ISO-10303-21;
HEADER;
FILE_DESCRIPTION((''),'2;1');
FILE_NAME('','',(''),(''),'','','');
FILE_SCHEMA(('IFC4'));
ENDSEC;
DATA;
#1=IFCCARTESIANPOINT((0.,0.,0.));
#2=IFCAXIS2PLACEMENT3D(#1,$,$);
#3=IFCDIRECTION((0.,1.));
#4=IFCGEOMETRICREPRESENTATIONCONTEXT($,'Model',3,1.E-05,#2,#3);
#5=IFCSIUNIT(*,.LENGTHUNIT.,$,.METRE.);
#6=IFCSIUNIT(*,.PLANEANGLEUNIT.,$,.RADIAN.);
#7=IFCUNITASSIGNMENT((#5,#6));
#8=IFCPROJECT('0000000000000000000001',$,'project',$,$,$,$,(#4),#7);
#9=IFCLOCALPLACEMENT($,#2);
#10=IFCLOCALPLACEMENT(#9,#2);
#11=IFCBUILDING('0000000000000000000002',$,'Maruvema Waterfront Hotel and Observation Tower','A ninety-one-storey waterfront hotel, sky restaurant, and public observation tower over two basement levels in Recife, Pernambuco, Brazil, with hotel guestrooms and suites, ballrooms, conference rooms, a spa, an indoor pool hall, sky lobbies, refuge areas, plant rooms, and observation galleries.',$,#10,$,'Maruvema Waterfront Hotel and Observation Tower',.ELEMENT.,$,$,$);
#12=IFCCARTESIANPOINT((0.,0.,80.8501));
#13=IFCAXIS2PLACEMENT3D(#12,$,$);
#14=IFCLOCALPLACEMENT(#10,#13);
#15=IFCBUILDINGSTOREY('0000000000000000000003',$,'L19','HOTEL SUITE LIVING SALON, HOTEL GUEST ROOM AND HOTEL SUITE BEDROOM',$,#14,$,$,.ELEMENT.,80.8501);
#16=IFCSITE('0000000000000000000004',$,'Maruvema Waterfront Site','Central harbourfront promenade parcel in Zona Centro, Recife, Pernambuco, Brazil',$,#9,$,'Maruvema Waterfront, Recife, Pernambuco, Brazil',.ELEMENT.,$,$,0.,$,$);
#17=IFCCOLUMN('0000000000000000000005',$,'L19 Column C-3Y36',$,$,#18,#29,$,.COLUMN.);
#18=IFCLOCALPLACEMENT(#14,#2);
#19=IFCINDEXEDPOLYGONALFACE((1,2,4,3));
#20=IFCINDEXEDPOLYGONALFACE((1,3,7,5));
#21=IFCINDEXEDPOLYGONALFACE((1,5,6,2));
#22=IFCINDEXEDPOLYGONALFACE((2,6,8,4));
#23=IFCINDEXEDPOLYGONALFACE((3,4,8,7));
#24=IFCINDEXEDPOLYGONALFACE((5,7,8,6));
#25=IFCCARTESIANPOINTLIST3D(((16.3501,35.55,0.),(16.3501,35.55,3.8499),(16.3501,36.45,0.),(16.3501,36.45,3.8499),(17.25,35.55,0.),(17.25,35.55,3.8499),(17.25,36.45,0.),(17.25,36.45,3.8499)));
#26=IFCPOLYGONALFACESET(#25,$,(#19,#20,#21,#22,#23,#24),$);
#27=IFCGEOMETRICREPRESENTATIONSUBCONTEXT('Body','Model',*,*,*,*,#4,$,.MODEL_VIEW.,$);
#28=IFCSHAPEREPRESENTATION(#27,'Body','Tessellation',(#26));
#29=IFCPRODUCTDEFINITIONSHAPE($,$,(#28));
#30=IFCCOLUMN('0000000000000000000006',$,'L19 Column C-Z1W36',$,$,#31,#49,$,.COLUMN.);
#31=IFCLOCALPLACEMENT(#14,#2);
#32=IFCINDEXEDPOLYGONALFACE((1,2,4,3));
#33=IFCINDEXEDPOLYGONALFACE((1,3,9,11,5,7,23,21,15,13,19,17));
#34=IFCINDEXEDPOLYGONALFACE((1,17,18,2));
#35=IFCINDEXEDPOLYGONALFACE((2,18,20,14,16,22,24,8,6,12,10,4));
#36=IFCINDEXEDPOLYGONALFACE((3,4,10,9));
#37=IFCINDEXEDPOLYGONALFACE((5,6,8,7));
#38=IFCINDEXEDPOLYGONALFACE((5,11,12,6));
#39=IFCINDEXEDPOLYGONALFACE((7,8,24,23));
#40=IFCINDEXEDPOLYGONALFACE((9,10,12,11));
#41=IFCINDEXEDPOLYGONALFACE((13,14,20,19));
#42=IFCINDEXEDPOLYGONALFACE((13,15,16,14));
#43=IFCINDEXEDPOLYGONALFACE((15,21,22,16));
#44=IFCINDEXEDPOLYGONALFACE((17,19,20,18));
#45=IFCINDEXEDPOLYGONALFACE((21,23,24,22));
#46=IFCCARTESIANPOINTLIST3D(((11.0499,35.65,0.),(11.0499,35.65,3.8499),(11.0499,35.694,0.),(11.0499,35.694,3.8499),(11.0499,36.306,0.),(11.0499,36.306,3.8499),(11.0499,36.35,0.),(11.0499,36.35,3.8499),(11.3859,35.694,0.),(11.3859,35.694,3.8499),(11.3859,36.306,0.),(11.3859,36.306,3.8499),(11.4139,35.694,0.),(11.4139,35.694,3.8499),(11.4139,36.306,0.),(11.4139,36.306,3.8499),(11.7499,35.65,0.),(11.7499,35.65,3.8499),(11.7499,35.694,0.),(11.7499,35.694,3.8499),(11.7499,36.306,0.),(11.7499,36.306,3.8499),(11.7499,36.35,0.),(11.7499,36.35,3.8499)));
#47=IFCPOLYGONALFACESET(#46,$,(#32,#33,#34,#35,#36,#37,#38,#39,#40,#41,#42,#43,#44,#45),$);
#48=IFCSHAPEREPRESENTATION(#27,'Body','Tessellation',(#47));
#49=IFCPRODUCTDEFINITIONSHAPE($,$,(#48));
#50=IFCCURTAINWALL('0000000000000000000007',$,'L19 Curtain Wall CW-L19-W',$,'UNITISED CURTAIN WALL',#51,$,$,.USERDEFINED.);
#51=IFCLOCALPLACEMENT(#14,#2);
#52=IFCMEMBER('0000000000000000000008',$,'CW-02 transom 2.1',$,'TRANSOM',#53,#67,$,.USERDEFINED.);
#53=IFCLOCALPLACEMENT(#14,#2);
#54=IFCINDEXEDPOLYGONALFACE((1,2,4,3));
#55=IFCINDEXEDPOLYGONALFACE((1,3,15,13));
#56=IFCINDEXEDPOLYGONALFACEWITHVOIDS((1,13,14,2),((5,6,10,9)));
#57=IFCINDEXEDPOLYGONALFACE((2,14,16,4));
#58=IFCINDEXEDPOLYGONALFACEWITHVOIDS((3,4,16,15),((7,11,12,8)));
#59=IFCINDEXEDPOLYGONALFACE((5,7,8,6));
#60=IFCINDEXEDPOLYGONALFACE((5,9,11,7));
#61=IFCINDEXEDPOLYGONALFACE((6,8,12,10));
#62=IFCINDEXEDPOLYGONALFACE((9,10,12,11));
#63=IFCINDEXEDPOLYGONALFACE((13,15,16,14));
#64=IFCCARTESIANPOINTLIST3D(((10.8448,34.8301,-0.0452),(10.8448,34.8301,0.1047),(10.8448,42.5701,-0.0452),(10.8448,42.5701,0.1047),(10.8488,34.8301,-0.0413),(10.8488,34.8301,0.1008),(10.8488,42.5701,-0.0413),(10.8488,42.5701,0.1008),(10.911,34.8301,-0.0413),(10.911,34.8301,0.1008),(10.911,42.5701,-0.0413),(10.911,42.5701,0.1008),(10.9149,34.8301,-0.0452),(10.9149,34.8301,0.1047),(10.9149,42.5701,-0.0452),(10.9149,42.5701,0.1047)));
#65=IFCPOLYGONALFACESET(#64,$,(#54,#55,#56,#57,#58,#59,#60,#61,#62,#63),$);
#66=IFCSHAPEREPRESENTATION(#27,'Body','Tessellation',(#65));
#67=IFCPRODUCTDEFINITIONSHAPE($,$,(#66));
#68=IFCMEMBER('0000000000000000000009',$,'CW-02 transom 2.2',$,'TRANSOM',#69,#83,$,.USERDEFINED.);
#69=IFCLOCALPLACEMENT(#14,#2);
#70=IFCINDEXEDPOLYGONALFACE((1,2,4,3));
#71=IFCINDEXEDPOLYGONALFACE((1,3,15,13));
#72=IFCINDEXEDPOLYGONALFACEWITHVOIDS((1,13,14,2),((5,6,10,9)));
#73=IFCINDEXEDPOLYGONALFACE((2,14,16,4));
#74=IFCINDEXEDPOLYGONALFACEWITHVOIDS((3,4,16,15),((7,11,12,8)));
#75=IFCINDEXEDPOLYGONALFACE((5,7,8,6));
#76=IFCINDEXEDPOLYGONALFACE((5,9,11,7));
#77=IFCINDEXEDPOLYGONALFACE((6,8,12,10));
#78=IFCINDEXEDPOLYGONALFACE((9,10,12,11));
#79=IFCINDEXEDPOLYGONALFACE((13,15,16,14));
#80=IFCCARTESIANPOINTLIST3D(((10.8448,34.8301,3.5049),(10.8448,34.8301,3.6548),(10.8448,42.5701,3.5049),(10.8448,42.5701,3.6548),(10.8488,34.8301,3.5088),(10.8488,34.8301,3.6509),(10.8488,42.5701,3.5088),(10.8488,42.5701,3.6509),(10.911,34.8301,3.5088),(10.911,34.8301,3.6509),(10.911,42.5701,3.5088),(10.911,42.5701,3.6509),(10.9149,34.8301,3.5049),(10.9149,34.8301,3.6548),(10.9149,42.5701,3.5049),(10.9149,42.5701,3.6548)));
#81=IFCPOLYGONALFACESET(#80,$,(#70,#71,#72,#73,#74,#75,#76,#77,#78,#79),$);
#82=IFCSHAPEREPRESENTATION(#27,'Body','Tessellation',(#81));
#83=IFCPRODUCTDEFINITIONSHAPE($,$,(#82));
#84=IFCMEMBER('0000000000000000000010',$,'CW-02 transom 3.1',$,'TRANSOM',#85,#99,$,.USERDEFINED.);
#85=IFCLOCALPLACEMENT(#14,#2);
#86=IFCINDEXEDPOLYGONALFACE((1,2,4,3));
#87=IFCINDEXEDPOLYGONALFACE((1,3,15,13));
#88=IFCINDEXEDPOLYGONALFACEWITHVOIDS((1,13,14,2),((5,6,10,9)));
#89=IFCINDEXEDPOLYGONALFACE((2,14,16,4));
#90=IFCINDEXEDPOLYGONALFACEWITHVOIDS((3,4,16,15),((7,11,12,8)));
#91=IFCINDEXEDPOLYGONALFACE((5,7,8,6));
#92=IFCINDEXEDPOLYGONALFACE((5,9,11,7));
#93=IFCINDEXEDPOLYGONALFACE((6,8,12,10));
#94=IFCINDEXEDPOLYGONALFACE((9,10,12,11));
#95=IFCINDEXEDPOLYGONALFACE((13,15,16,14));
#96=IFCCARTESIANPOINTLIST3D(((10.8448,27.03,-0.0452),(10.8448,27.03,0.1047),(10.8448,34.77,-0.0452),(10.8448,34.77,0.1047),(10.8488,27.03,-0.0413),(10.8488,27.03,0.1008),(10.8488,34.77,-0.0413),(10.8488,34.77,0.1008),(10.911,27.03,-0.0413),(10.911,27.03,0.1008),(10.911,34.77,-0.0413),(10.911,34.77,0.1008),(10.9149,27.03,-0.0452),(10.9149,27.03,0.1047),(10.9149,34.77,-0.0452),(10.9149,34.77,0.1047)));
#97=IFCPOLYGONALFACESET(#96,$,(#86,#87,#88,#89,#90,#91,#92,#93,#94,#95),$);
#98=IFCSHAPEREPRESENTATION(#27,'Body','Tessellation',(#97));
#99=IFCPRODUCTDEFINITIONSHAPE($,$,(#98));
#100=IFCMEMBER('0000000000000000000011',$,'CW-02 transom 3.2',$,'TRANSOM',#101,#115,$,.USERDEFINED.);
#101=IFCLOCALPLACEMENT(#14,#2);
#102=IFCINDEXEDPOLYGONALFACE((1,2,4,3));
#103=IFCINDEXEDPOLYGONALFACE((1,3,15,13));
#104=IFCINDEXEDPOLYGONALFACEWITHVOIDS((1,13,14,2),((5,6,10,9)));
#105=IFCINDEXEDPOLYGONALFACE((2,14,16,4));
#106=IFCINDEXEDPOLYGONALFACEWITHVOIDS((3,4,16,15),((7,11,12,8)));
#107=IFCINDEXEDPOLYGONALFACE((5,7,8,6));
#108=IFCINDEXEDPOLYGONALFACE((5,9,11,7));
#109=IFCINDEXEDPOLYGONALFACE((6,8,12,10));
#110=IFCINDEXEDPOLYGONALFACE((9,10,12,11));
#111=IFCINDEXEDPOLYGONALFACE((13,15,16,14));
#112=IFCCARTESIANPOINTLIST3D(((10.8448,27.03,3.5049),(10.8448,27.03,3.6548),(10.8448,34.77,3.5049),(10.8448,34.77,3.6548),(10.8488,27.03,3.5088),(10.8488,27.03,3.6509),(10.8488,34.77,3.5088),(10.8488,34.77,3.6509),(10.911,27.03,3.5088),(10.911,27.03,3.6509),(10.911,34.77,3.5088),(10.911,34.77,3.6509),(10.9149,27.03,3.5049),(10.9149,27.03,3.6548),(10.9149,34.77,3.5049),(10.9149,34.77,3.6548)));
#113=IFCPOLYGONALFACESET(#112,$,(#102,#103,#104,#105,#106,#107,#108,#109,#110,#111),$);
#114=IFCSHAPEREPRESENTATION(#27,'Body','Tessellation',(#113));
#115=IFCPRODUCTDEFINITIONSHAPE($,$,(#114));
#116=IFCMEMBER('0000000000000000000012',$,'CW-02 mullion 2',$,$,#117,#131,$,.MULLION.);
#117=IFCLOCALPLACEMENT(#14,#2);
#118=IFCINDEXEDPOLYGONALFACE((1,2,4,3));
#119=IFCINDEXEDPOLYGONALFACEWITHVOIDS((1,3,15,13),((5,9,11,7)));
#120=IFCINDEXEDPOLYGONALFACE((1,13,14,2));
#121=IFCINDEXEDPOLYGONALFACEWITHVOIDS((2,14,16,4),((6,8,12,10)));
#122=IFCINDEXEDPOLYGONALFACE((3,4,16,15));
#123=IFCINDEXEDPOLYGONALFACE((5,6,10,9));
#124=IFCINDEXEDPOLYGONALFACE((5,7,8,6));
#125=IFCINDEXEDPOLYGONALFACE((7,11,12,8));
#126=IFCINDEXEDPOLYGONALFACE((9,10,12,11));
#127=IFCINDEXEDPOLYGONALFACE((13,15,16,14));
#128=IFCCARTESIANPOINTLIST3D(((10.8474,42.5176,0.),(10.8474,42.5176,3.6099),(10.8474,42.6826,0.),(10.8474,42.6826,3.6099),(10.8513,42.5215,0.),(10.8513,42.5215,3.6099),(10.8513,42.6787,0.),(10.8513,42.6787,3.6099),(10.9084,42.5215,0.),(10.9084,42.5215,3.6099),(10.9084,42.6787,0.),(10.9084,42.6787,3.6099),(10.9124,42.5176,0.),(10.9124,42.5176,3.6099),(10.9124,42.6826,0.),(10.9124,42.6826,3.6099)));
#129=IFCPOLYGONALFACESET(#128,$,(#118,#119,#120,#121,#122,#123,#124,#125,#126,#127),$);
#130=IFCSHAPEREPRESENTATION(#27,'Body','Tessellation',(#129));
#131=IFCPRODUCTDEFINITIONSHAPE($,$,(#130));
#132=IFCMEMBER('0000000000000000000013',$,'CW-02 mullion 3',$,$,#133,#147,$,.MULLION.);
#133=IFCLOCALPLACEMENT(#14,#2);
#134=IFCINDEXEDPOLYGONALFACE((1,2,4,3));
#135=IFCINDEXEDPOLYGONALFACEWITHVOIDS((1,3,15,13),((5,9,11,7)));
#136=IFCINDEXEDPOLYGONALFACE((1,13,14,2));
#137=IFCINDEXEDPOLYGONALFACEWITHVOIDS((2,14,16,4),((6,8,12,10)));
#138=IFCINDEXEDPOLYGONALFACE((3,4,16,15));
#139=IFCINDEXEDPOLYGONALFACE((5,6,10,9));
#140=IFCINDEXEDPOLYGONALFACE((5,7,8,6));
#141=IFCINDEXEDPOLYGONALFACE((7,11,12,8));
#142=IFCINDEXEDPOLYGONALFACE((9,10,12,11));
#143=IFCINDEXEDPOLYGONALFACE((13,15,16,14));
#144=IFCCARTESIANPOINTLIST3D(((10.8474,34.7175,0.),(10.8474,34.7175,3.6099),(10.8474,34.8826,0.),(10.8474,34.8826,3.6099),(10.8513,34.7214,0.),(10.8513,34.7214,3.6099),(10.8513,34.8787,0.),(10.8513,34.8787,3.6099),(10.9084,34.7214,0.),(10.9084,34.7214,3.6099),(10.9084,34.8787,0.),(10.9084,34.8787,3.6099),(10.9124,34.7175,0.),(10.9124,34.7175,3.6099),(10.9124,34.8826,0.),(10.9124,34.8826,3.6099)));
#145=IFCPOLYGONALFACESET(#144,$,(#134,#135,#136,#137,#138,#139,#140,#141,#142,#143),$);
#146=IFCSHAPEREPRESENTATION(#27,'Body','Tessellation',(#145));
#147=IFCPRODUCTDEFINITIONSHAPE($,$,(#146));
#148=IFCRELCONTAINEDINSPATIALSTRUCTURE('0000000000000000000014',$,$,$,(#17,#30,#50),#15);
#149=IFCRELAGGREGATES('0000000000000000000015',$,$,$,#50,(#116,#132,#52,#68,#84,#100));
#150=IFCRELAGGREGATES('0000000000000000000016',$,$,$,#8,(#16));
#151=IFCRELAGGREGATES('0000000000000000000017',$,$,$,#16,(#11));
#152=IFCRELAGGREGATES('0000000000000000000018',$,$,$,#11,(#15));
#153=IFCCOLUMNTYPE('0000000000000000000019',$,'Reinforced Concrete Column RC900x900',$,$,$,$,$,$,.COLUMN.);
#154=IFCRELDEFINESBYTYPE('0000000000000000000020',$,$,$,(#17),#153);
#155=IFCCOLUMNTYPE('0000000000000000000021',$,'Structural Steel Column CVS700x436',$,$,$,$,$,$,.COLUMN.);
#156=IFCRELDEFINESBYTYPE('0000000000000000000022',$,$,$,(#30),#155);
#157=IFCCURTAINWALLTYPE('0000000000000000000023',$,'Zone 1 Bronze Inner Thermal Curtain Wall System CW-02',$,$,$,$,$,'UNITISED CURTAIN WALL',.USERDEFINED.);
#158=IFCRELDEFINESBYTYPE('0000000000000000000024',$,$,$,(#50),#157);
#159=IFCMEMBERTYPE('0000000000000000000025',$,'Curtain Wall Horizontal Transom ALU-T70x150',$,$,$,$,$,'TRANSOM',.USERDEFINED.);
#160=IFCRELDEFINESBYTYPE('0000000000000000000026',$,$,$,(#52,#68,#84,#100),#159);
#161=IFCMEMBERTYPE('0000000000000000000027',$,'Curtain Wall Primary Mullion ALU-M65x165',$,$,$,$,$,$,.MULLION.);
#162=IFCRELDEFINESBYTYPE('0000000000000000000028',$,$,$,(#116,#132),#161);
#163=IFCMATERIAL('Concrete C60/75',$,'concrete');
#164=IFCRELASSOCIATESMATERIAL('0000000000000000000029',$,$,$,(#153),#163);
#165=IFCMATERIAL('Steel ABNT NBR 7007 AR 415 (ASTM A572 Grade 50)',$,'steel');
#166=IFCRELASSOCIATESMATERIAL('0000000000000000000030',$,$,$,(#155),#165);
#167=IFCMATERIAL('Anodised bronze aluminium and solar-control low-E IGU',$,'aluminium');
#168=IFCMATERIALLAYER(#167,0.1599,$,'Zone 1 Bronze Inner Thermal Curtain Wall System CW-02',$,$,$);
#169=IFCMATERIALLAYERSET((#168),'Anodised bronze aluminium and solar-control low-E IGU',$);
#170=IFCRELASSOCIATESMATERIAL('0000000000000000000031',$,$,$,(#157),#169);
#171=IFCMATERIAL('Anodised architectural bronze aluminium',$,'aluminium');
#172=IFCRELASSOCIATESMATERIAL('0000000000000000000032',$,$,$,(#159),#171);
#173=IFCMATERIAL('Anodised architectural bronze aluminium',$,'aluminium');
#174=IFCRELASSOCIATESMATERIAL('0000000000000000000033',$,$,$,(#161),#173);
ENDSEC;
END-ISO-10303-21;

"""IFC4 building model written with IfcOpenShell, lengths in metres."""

from ifc_helpers import new_model, si_unit, direction, frame, origin, origin_2d, place, context, subcontext, project, spatial, rectangle, hollow_rectangle, i_section, extrude, material, layer, layer_set, material_profile, profile_set, type_object, element, aggregate, save


model = new_model("IFC4")

# Units and contexts
model_context = context("Model", 3, precision=1e-05, world=origin(), true_north=direction((0.0, 1.0)))
body_context = subcontext(model_context, "Body", "Model", "MODEL_VIEW")
ifc_project = project(units=[si_unit("LENGTHUNIT", "METRE"), si_unit("PLANEANGLEUNIT", "RADIAN")], contexts=[model_context])

# Site, building, storey
site_placement = place(None, origin())
site = spatial("IfcSite", under=ifc_project, at=site_placement, Name="Maruvema Waterfront Site", Description="Central harbourfront promenade parcel in Zona Centro, Recife, Pernambuco, Brazil", LongName="Maruvema Waterfront, Recife, Pernambuco, Brazil", CompositionType="ELEMENT", RefElevation=0.0)
building_placement = place(site_placement, origin())
building = spatial("IfcBuilding", under=site, at=building_placement, Name="Maruvema Waterfront Hotel and Observation Tower", Description="A ninety-one-storey waterfront hotel, sky restaurant, and public observation tower over two basement levels in Recife, Pernambuco, Brazil, with hotel guestrooms and suites, ballrooms, conference rooms, a spa, an indoor pool hall, sky lobbies, refuge areas, plant rooms, and observation galleries.", LongName="Maruvema Waterfront Hotel and Observation Tower", CompositionType="ELEMENT")
storey_placement = place(building_placement, frame((0.0, 0.0, 80.8501)))
storey = spatial("IfcBuildingStorey", under=building, at=storey_placement, Name="L19", Description="HOTEL SUITE LIVING SALON, HOTEL GUEST ROOM AND HOTEL SUITE BEDROOM", CompositionType="ELEMENT", Elevation=80.8501)

# Columns
ifc_material_1 = material(Name="Concrete C60/75", Category="concrete")
ifc_material_profile_1 = material_profile(ifc_material_1, rectangle(XDim=0.8999, YDim=0.8999, at=origin_2d()), Name="RC900x900")
ifc_profile_set_1 = profile_set([ifc_material_profile_1], Name="Concrete C60/75")
column_type_1 = type_object("IfcColumnType", Name="Reinforced Concrete Column RC900x900", PredefinedType="COLUMN", material=ifc_profile_set_1)
column_1_placement = place(storey_placement, frame((16.8, 36.0, 0.0), z_axis=(0.0, 0.0, 1.0), x_axis=(1.0, 0.0, 0.0)))
element("IfcColumn", 1, at=column_1_placement, inside=storey, type_object=column_type_1, Name="L19 Column C-3Y36", PredefinedType="COLUMN", context=body_context, shape_type="SweptSolid", body=[
    extrude(rectangle(XDim=0.8999, YDim=0.8999, at=origin_2d()), origin(), (0.0, 0.0, 1.0), 3.8499),
])
ifc_material_2 = material(Name="Steel ABNT NBR 7007 AR 415 (ASTM A572 Grade 50)", Category="steel")
ifc_material_profile_2 = material_profile(ifc_material_2, i_section(OverallWidth=0.7, OverallDepth=0.7, WebThickness=0.0281, FlangeThickness=0.0439, at=origin_2d()), Name="CVS700x436")
ifc_profile_set_2 = profile_set([ifc_material_profile_2], Name="Steel ABNT NBR 7007 AR 415 (ASTM A572 Grade 50)")
column_type_2 = type_object("IfcColumnType", Name="Structural Steel Column CVS700x436", PredefinedType="COLUMN", material=ifc_profile_set_2)
column_2_placement = place(storey_placement, frame((11.3999, 36.0, 0.0), z_axis=(0.0, 0.0, 1.0), x_axis=(1.0, 0.0, 0.0)))
element("IfcColumn", 2, at=column_2_placement, inside=storey, type_object=column_type_2, Name="L19 Column C-Z1W36", PredefinedType="COLUMN", context=body_context, shape_type="SweptSolid", body=[
    extrude(i_section(OverallWidth=0.7, OverallDepth=0.7, WebThickness=0.0281, FlangeThickness=0.0439, at=origin_2d()), origin(), (0.0, 0.0, 1.0), 3.8499),
])

# Curtain wall, members
ifc_material_3 = material(Name="Anodised bronze aluminium and solar-control low-E IGU", Category="aluminium")
ifc_layer_1 = layer(ifc_material_3, 0.1599, Name="Zone 1 Bronze Inner Thermal Curtain Wall System CW-02")
ifc_layer_set_1 = layer_set([ifc_layer_1], Name="Anodised bronze aluminium and solar-control low-E IGU")
curtain_wall_type = type_object("IfcCurtainWallType", Name="Zone 1 Bronze Inner Thermal Curtain Wall System CW-02", ElementType="UNITISED CURTAIN WALL", PredefinedType="USERDEFINED", material=ifc_layer_set_1)
curtain_wall_placement = place(storey_placement, origin())
curtain_wall = element("IfcCurtainWall", 3, at=curtain_wall_placement, inside=storey, type_object=curtain_wall_type, Name="L19 Curtain Wall CW-L19-W", ObjectType="UNITISED CURTAIN WALL", PredefinedType="USERDEFINED")
ifc_material_4 = material(Name="Anodised architectural bronze aluminium", Category="aluminium")
ifc_material_profile_3 = material_profile(ifc_material_4, hollow_rectangle(XDim=0.0701, YDim=0.1499, WallThickness=0.0039, at=origin_2d()), Name="ALU-T70x150")
ifc_profile_set_3 = profile_set([ifc_material_profile_3], Name="Anodised architectural bronze aluminium")
member_type_1 = type_object("IfcMemberType", Name="Curtain Wall Horizontal Transom ALU-T70x150", ElementType="TRANSOM", PredefinedType="USERDEFINED", material=ifc_profile_set_3)
member_1_placement = place(storey_placement, frame((10.8799, 42.5701, 0.0298), z_axis=(0.0, -1.0, 0.0), x_axis=(1.0, 0.0, 0.0)))
member_1 = element("IfcMember", 4, at=member_1_placement, type_object=member_type_1, Name="CW-02 transom 2.1", ObjectType="TRANSOM", PredefinedType="USERDEFINED", context=body_context, shape_type="SweptSolid", body=[
    extrude(hollow_rectangle(XDim=0.0701, YDim=0.1499, WallThickness=0.0039, at=origin_2d()), origin(), (0.0, 0.0, 1.0), 7.74),
])
member_2_placement = place(storey_placement, frame((10.8799, 42.5701, 3.5798), z_axis=(0.0, -1.0, 0.0), x_axis=(1.0, 0.0, 0.0)))
member_2 = element("IfcMember", 5, at=member_2_placement, type_object=member_type_1, Name="CW-02 transom 2.2", ObjectType="TRANSOM", PredefinedType="USERDEFINED", context=body_context, shape_type="SweptSolid", body=[
    extrude(hollow_rectangle(XDim=0.0701, YDim=0.1499, WallThickness=0.0039, at=origin_2d()), origin(), (0.0, 0.0, 1.0), 7.74),
])
member_3_placement = place(storey_placement, frame((10.8799, 34.77, 0.0298), z_axis=(0.0, -1.0, 0.0), x_axis=(1.0, 0.0, 0.0)))
member_3 = element("IfcMember", 6, at=member_3_placement, type_object=member_type_1, Name="CW-02 transom 3.1", ObjectType="TRANSOM", PredefinedType="USERDEFINED", context=body_context, shape_type="SweptSolid", body=[
    extrude(hollow_rectangle(XDim=0.0701, YDim=0.1499, WallThickness=0.0039, at=origin_2d()), origin(), (0.0, 0.0, 1.0), 7.74),
])
member_4_placement = place(storey_placement, frame((10.8799, 34.77, 3.5798), z_axis=(0.0, -1.0, 0.0), x_axis=(1.0, 0.0, 0.0)))
member_4 = element("IfcMember", 7, at=member_4_placement, type_object=member_type_1, Name="CW-02 transom 3.2", ObjectType="TRANSOM", PredefinedType="USERDEFINED", context=body_context, shape_type="SweptSolid", body=[
    extrude(hollow_rectangle(XDim=0.0701, YDim=0.1499, WallThickness=0.0039, at=origin_2d()), origin(), (0.0, 0.0, 1.0), 7.74),
])
ifc_material_5 = material(Name="Anodised architectural bronze aluminium", Category="aluminium")
ifc_material_profile_4 = material_profile(ifc_material_5, hollow_rectangle(XDim=0.0649, YDim=0.165, WallThickness=0.0039, at=origin_2d()), Name="ALU-M65x165")
ifc_profile_set_4 = profile_set([ifc_material_profile_4], Name="Anodised architectural bronze aluminium")
member_type_2 = type_object("IfcMemberType", Name="Curtain Wall Primary Mullion ALU-M65x165", PredefinedType="MULLION", material=ifc_profile_set_4)
member_5_placement = place(storey_placement, frame((10.8799, 42.6001, 0.0), z_axis=(0.0, 0.0, 1.0), x_axis=(1.0, 0.0, 0.0)))
member_5 = element("IfcMember", 8, at=member_5_placement, type_object=member_type_2, Name="CW-02 mullion 2", PredefinedType="MULLION", context=body_context, shape_type="SweptSolid", body=[
    extrude(hollow_rectangle(XDim=0.0649, YDim=0.165, WallThickness=0.0039, at=origin_2d()), origin(), (0.0, 0.0, 1.0), 3.6099),
])
member_6_placement = place(storey_placement, frame((10.8799, 34.8, 0.0), z_axis=(0.0, 0.0, 1.0), x_axis=(1.0, 0.0, 0.0)))
member_6 = element("IfcMember", 9, at=member_6_placement, type_object=member_type_2, Name="CW-02 mullion 3", PredefinedType="MULLION", context=body_context, shape_type="SweptSolid", body=[
    extrude(hollow_rectangle(XDim=0.0649, YDim=0.165, WallThickness=0.0039, at=origin_2d()), origin(), (0.0, 0.0, 1.0), 3.6099),
])

aggregate(curtain_wall, [member_5, member_6, member_1, member_2, member_3, member_4])

save(model, "model.ifc")
